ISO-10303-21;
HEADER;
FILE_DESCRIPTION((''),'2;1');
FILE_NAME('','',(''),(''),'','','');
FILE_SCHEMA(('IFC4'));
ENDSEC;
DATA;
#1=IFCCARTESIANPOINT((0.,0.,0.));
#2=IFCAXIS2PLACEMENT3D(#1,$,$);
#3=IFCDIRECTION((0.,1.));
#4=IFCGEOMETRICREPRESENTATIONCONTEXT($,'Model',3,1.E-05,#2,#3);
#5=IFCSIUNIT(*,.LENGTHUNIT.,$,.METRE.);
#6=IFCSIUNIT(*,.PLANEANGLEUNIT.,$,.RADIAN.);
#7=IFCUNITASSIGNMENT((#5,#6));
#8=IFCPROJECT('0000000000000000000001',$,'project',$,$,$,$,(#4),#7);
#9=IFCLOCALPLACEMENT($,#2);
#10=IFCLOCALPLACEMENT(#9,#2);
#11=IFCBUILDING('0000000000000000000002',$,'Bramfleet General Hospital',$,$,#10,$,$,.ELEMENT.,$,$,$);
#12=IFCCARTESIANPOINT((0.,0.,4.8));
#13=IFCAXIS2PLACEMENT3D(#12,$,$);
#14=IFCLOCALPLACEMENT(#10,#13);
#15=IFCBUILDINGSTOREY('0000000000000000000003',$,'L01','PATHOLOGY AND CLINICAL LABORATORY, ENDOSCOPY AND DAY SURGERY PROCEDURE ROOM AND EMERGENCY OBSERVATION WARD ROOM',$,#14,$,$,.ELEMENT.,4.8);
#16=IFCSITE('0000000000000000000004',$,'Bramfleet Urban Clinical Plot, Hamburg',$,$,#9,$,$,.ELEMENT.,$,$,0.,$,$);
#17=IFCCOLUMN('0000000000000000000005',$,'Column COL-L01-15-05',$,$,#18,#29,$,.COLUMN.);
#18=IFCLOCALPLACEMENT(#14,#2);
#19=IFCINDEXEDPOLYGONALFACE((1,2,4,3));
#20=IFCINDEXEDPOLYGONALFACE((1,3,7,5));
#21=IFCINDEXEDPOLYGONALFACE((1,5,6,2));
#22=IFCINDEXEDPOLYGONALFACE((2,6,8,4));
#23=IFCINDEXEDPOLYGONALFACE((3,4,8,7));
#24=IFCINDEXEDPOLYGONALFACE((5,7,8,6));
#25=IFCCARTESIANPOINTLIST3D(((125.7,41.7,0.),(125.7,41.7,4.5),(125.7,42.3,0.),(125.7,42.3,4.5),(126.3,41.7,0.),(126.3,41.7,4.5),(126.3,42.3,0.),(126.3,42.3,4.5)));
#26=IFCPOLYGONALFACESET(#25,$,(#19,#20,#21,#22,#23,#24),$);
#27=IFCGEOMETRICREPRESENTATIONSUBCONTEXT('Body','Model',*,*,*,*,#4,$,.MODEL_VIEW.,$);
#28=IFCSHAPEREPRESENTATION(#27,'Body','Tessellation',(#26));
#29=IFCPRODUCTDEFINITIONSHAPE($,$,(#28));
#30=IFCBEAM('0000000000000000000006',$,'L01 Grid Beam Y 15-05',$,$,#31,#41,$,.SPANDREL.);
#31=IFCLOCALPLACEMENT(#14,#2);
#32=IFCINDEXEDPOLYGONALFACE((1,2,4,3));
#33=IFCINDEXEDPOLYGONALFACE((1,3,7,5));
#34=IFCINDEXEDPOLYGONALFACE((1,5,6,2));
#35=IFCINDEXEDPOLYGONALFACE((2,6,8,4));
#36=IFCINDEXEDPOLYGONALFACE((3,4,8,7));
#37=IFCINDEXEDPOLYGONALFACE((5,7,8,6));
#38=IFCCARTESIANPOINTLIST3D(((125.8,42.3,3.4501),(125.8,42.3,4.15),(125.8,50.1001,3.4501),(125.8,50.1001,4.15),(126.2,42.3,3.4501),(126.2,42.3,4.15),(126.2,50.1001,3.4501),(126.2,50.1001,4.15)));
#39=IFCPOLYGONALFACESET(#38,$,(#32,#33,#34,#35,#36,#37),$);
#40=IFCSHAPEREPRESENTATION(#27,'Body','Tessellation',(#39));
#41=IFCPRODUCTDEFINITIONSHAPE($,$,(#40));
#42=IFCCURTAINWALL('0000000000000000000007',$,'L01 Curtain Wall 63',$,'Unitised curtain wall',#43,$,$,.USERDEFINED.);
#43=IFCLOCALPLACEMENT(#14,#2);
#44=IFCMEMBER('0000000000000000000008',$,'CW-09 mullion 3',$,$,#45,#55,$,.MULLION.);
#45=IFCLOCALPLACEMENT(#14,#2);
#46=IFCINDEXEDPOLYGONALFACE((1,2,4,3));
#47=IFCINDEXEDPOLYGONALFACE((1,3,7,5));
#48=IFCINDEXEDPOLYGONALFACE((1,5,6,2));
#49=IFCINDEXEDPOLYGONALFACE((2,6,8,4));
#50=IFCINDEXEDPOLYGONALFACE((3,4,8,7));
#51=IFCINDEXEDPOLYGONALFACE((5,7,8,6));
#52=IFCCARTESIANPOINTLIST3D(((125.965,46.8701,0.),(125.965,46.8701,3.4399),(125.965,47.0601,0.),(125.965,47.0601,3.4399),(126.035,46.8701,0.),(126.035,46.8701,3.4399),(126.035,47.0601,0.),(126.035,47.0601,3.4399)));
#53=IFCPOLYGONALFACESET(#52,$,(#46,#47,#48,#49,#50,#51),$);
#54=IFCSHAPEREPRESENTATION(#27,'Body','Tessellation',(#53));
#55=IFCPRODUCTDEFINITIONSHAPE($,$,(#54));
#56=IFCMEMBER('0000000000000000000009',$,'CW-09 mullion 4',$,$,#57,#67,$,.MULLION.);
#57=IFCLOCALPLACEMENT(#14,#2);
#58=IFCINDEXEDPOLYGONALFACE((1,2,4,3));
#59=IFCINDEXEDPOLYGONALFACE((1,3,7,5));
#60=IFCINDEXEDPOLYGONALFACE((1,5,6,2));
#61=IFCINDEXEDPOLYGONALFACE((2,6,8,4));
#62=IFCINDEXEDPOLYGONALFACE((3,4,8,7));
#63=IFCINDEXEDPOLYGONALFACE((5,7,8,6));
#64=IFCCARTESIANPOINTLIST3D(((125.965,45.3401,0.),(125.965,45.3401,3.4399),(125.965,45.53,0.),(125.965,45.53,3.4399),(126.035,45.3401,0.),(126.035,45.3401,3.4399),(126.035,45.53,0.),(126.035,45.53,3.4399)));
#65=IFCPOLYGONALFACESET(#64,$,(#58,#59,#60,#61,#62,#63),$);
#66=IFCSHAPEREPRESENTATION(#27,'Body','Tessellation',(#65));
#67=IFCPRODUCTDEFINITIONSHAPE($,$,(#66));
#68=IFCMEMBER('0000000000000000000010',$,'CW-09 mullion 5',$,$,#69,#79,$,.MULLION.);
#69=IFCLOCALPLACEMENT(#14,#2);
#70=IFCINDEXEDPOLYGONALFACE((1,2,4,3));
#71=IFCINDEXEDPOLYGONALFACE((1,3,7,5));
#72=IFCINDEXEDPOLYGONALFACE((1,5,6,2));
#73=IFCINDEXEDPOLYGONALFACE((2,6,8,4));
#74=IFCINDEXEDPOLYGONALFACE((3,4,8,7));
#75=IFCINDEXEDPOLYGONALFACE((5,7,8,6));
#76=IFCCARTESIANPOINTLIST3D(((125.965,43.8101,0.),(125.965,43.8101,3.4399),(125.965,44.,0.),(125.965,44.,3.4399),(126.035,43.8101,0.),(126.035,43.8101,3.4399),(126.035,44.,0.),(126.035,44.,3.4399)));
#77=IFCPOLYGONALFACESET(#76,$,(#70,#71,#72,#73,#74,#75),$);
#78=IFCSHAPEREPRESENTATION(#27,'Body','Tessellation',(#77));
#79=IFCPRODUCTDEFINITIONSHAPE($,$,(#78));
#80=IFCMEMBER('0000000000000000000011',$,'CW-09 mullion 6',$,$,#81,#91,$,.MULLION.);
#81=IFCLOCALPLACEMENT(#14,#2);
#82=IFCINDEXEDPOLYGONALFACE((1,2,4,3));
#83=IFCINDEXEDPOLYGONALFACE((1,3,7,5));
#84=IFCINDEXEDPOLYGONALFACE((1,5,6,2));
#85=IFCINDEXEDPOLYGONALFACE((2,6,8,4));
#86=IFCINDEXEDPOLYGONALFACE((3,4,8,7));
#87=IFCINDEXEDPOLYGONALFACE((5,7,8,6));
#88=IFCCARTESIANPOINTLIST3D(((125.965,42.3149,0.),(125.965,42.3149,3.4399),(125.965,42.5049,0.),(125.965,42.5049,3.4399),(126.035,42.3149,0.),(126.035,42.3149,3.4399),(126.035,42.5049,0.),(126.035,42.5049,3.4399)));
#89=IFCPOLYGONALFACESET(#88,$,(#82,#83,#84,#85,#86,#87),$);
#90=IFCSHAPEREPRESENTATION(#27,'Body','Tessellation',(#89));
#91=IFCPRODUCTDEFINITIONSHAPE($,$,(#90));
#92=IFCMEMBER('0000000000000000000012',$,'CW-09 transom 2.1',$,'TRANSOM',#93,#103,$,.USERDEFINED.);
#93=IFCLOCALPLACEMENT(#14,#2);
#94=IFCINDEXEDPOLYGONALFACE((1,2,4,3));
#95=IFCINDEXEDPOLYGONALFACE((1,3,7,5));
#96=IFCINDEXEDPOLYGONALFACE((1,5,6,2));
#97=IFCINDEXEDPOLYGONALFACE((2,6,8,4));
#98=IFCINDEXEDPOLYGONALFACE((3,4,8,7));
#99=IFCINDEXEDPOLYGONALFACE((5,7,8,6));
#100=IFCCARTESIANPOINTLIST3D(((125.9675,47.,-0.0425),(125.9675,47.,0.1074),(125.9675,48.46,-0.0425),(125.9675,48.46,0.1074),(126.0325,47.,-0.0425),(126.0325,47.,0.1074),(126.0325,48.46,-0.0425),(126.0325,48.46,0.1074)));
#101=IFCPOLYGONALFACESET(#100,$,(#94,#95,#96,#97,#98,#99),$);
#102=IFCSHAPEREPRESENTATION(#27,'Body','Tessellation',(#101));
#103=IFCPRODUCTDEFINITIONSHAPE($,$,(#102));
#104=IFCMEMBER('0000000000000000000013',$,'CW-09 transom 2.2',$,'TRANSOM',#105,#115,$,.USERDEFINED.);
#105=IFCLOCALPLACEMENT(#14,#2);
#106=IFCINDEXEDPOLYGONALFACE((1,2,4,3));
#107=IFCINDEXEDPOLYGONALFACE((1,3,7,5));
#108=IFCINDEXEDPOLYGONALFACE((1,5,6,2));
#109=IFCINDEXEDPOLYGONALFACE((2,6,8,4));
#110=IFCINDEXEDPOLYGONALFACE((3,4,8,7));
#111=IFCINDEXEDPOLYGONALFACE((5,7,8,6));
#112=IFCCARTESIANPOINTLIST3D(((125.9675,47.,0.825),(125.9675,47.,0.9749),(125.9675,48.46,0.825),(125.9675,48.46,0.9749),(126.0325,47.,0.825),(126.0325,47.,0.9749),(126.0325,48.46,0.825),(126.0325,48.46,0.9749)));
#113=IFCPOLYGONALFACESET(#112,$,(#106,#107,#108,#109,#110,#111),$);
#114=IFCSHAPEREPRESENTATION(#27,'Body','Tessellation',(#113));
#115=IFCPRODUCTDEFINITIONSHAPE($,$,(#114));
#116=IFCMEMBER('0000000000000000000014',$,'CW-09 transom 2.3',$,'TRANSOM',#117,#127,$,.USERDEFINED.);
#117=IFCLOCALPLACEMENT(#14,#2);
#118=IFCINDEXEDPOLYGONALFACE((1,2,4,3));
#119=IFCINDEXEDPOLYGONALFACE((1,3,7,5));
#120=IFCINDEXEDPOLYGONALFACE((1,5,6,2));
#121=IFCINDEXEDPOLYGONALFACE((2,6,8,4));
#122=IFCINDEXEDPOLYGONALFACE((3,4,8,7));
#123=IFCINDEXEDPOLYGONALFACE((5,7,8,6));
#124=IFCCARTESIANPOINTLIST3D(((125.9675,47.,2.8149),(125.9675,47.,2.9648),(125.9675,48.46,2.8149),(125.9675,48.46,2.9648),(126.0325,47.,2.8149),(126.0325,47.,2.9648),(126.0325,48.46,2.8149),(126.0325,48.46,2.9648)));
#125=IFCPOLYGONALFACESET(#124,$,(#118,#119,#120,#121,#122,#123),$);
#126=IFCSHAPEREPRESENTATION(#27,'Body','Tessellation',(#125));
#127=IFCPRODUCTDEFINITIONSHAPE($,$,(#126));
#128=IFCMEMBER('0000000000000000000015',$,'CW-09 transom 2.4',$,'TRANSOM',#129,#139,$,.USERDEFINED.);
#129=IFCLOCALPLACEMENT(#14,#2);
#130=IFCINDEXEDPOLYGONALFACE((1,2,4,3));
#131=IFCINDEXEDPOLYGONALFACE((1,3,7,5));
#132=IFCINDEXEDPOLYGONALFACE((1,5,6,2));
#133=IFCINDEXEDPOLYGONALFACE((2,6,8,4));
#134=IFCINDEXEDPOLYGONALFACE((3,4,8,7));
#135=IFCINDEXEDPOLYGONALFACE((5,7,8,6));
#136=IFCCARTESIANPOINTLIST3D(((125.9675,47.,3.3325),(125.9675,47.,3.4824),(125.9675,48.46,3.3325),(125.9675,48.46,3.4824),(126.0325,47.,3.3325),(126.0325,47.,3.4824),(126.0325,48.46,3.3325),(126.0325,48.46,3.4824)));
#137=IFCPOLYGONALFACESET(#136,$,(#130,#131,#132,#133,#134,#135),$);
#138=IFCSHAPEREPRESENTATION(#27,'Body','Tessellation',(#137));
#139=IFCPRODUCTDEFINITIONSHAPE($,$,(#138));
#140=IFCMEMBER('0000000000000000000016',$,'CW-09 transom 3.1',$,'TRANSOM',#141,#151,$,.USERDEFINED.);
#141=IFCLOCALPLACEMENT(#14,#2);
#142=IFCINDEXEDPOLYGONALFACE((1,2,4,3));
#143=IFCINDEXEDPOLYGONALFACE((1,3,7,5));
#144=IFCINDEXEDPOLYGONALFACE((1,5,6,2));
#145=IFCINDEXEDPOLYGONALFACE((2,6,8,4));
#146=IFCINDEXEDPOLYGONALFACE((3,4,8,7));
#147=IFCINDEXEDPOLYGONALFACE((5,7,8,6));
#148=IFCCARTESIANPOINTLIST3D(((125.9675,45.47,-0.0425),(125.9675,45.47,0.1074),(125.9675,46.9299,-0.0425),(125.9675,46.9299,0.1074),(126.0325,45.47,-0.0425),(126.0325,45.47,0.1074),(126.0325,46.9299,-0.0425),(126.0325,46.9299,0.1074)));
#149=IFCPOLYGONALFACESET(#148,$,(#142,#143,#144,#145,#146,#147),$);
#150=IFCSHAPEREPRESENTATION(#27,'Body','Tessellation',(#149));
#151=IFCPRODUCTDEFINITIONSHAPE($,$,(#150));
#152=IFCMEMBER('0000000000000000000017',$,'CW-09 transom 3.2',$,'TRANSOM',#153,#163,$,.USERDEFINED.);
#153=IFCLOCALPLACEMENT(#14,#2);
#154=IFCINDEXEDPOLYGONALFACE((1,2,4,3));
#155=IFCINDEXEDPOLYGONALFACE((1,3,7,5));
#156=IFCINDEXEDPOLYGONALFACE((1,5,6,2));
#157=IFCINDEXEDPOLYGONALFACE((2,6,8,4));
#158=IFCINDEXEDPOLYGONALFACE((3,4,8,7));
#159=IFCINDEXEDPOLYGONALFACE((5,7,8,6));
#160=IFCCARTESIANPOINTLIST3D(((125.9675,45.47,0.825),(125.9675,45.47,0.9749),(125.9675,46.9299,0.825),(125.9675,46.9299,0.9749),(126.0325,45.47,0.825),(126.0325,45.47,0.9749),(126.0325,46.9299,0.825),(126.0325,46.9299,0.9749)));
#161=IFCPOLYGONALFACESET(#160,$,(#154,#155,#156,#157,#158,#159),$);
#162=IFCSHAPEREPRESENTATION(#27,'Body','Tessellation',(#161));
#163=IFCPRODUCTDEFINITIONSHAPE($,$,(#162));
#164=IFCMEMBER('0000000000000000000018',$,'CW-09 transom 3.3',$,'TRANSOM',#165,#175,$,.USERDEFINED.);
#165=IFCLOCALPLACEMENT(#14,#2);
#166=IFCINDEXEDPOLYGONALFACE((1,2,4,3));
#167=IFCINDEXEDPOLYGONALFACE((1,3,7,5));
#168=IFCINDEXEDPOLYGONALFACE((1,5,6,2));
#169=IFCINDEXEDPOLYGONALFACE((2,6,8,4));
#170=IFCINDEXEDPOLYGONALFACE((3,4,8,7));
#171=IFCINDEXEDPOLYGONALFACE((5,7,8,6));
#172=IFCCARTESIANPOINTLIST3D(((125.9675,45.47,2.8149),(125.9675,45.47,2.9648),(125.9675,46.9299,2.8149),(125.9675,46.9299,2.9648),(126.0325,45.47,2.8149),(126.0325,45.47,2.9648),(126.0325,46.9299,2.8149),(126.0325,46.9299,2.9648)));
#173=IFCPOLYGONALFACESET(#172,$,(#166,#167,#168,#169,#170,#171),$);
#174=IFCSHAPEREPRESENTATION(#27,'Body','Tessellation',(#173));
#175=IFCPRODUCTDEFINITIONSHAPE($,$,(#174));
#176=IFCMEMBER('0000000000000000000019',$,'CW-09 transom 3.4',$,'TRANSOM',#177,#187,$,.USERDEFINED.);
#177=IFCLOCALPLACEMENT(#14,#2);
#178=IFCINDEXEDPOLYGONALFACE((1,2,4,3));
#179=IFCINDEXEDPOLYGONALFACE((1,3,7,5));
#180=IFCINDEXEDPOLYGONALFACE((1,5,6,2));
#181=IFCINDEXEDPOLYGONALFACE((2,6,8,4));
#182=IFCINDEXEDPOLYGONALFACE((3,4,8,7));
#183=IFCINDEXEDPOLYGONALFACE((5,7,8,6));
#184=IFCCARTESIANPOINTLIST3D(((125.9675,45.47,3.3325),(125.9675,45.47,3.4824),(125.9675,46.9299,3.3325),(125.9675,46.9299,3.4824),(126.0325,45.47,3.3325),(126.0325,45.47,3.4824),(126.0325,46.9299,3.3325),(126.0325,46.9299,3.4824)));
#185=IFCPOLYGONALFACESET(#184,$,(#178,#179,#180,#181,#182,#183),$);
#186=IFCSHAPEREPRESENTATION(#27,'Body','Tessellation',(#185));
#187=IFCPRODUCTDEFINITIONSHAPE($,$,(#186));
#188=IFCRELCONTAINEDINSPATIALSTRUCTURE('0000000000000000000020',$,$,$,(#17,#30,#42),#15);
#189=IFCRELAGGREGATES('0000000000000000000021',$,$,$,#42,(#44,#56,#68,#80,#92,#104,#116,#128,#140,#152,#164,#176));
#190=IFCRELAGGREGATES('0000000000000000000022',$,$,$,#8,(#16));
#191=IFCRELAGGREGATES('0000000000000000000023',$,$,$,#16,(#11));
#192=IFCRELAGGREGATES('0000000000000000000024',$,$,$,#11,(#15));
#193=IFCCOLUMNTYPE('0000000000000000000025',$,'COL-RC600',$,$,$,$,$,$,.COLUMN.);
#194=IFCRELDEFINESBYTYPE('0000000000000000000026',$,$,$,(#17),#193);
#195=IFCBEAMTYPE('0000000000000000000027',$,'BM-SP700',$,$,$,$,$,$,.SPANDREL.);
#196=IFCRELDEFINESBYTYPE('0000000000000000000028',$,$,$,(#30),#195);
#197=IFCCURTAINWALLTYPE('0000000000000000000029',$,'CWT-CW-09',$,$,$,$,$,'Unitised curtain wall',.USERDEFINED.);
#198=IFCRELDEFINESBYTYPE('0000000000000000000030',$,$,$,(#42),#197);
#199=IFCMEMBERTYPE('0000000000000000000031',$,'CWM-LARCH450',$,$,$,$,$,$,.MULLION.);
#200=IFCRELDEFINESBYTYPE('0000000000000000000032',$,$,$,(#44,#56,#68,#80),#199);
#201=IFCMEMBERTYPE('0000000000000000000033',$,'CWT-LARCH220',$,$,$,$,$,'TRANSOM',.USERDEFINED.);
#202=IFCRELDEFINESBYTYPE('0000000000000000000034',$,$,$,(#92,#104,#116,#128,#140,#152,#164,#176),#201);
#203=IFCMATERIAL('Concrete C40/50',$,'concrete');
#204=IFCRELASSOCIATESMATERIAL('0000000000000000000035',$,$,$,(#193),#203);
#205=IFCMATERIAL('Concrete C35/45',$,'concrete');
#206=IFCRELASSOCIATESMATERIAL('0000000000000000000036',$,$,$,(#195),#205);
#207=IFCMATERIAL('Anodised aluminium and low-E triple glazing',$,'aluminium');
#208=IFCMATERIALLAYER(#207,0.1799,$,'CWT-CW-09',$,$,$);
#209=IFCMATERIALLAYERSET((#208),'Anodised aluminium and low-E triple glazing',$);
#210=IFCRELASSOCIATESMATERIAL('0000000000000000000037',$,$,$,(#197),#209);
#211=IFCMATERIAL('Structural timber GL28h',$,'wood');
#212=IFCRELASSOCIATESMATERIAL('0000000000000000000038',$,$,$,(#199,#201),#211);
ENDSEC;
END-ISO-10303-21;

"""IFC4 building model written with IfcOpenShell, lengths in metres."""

from ifc_helpers import new_model, si_unit, direction, frame, origin, origin_2d, place, context, subcontext, project, spatial, rectangle, extrude, material, layer, layer_set, material_profile, profile_set, type_object, element, aggregate, save


model = new_model("IFC4")

# Units and contexts
model_context = context("Model", 3, precision=1e-05, world=origin(), true_north=direction((0.0, 1.0)))
body_context = subcontext(model_context, "Body", "Model", "MODEL_VIEW")
ifc_project = project(units=[si_unit("LENGTHUNIT", "METRE"), si_unit("PLANEANGLEUNIT", "RADIAN")], contexts=[model_context])

# Site, building, storey
site_placement = place(None, origin())
site = spatial("IfcSite", under=ifc_project, at=site_placement, Name="Bramfleet Urban Clinical Plot, Hamburg", CompositionType="ELEMENT", RefElevation=0.0)
building_placement = place(site_placement, origin())
building = spatial("IfcBuilding", under=site, at=building_placement, Name="Bramfleet General Hospital", CompositionType="ELEMENT")
storey_placement = place(building_placement, frame((0.0, 0.0, 4.8)))
storey = spatial("IfcBuildingStorey", under=building, at=storey_placement, Name="L01", Description="PATHOLOGY AND CLINICAL LABORATORY, ENDOSCOPY AND DAY SURGERY PROCEDURE ROOM AND EMERGENCY OBSERVATION WARD ROOM", CompositionType="ELEMENT", Elevation=4.8)

# Column
ifc_material_1 = material(Name="Concrete C40/50", Category="concrete")
ifc_material_profile_1 = material_profile(ifc_material_1, rectangle(XDim=0.6001, YDim=0.6001, at=origin_2d()), Name="RC COL 600x600")
ifc_profile_set_1 = profile_set([ifc_material_profile_1], Name="Concrete C40/50")
column_type = type_object("IfcColumnType", Name="COL-RC600", PredefinedType="COLUMN", material=ifc_profile_set_1)
column_placement = place(storey_placement, frame((126.0, 42.0, 0.0), z_axis=(0.0, 0.0, 1.0), x_axis=(1.0, 0.0, 0.0)))
element("IfcColumn", 1, at=column_placement, inside=storey, type_object=column_type, Name="Column COL-L01-15-05", PredefinedType="COLUMN", context=body_context, shape_type="SweptSolid", body=[
    extrude(rectangle(XDim=0.6001, YDim=0.6001, at=origin_2d()), origin(), (0.0, 0.0, 1.0), 4.5),
])

# Beam
ifc_material_2 = material(Name="Concrete C35/45", Category="concrete")
ifc_material_profile_2 = material_profile(ifc_material_2, rectangle(XDim=0.3999, YDim=0.7, at=origin_2d()), Name="RC SP 700x400")
ifc_profile_set_2 = profile_set([ifc_material_profile_2], Name="Concrete C35/45")
beam_type = type_object("IfcBeamType", Name="BM-SP700", PredefinedType="SPANDREL", material=ifc_profile_set_2)
beam_placement = place(storey_placement, frame((126.0, 42.3, 3.8), z_axis=(0.0, 1.0, 0.0), x_axis=(-1.0, 0.0, 0.0)))
element("IfcBeam", 2, at=beam_placement, inside=storey, type_object=beam_type, Name="L01 Grid Beam Y 15-05", PredefinedType="SPANDREL", context=body_context, shape_type="SweptSolid", body=[
    extrude(rectangle(XDim=0.3999, YDim=0.7, at=origin_2d()), origin(), (0.0, 0.0, 1.0), 7.8),
])

# Curtain wall, members
ifc_material_3 = material(Name="Anodised aluminium and low-E triple glazing", Category="aluminium")
ifc_layer_1 = layer(ifc_material_3, 0.1799, Name="CWT-CW-09")
ifc_layer_set_1 = layer_set([ifc_layer_1], Name="Anodised aluminium and low-E triple glazing")
curtain_wall_type = type_object("IfcCurtainWallType", Name="CWT-CW-09", ElementType="Unitised curtain wall", PredefinedType="USERDEFINED", material=ifc_layer_set_1)
curtain_wall_placement = place(storey_placement, origin())
curtain_wall = element("IfcCurtainWall", 3, at=curtain_wall_placement, inside=storey, type_object=curtain_wall_type, Name="L01 Curtain Wall 63", ObjectType="Unitised curtain wall", PredefinedType="USERDEFINED")
ifc_material_4 = material(Name="Structural timber GL28h", Category="wood")
ifc_material_profile_3 = material_profile(ifc_material_4, rectangle(XDim=0.0701, YDim=0.1899, at=origin_2d()), Name="LARCH 190x70")
ifc_profile_set_3 = profile_set([ifc_material_profile_3], Name="Structural timber GL28h")
member_type_1 = type_object("IfcMemberType", Name="CWM-LARCH450", PredefinedType="MULLION", material=ifc_profile_set_3)
member_1_placement = place(storey_placement, frame((126.0, 46.9651, 0.0), z_axis=(0.0, 0.0, 1.0), x_axis=(1.0, 0.0, 0.0)))
member_1 = element("IfcMember", 4, at=member_1_placement, type_object=member_type_1, Name="CW-09 mullion 3", PredefinedType="MULLION", context=body_context, shape_type="SweptSolid", body=[
    extrude(rectangle(XDim=0.0701, YDim=0.1899, at=origin_2d()), origin(), (0.0, 0.0, 1.0), 3.4399),
])
member_2_placement = place(storey_placement, frame((126.0, 45.4351, 0.0), z_axis=(0.0, 0.0, 1.0), x_axis=(1.0, 0.0, 0.0)))
member_2 = element("IfcMember", 5, at=member_2_placement, type_object=member_type_1, Name="CW-09 mullion 4", PredefinedType="MULLION", context=body_context, shape_type="SweptSolid", body=[
    extrude(rectangle(XDim=0.0701, YDim=0.1899, at=origin_2d()), origin(), (0.0, 0.0, 1.0), 3.4399),
])
member_3_placement = place(storey_placement, frame((126.0, 43.905, 0.0), z_axis=(0.0, 0.0, 1.0), x_axis=(1.0, 0.0, 0.0)))
member_3 = element("IfcMember", 6, at=member_3_placement, type_object=member_type_1, Name="CW-09 mullion 5", PredefinedType="MULLION", context=body_context, shape_type="SweptSolid", body=[
    extrude(rectangle(XDim=0.0701, YDim=0.1899, at=origin_2d()), origin(), (0.0, 0.0, 1.0), 3.4399),
])
member_4_placement = place(storey_placement, frame((126.0, 42.4099, 0.0), z_axis=(0.0, 0.0, 1.0), x_axis=(1.0, 0.0, 0.0)))
member_4 = element("IfcMember", 7, at=member_4_placement, type_object=member_type_1, Name="CW-09 mullion 6", PredefinedType="MULLION", context=body_context, shape_type="SweptSolid", body=[
    extrude(rectangle(XDim=0.0701, YDim=0.1899, at=origin_2d()), origin(), (0.0, 0.0, 1.0), 3.4399),
])
ifc_material_profile_4 = material_profile(ifc_material_4, rectangle(XDim=0.0649, YDim=0.1499, at=origin_2d()), Name="LARCH 150x65")
ifc_profile_set_4 = profile_set([ifc_material_profile_4], Name="Structural timber GL28h")
member_type_2 = type_object("IfcMemberType", Name="CWT-LARCH220", ElementType="TRANSOM", PredefinedType="USERDEFINED", material=ifc_profile_set_4)
member_5_placement = place(storey_placement, frame((126.0, 48.46, 0.0325), z_axis=(0.0, -1.0, 0.0), x_axis=(1.0, 0.0, 0.0)))
member_5 = element("IfcMember", 8, at=member_5_placement, type_object=member_type_2, Name="CW-09 transom 2.1", ObjectType="TRANSOM", PredefinedType="USERDEFINED", context=body_context, shape_type="SweptSolid", body=[
    extrude(rectangle(XDim=0.0649, YDim=0.1499, at=origin_2d()), origin(), (0.0, 0.0, 1.0), 1.46),
])
member_6_placement = place(storey_placement, frame((126.0, 48.46, 0.8999), z_axis=(0.0, -1.0, 0.0), x_axis=(1.0, 0.0, 0.0)))
member_6 = element("IfcMember", 9, at=member_6_placement, type_object=member_type_2, Name="CW-09 transom 2.2", ObjectType="TRANSOM", PredefinedType="USERDEFINED", context=body_context, shape_type="SweptSolid", body=[
    extrude(rectangle(XDim=0.0649, YDim=0.1499, at=origin_2d()), origin(), (0.0, 0.0, 1.0), 1.46),
])
member_7_placement = place(storey_placement, frame((126.0, 48.46, 2.8899), z_axis=(0.0, -1.0, 0.0), x_axis=(1.0, 0.0, 0.0)))
member_7 = element("IfcMember", 10, at=member_7_placement, type_object=member_type_2, Name="CW-09 transom 2.3", ObjectType="TRANSOM", PredefinedType="USERDEFINED", context=body_context, shape_type="SweptSolid", body=[
    extrude(rectangle(XDim=0.0649, YDim=0.1499, at=origin_2d()), origin(), (0.0, 0.0, 1.0), 1.46),
])
member_8_placement = place(storey_placement, frame((126.0, 48.46, 3.4075), z_axis=(0.0, -1.0, 0.0), x_axis=(1.0, 0.0, 0.0)))
member_8 = element("IfcMember", 11, at=member_8_placement, type_object=member_type_2, Name="CW-09 transom 2.4", ObjectType="TRANSOM", PredefinedType="USERDEFINED", context=body_context, shape_type="SweptSolid", body=[
    extrude(rectangle(XDim=0.0649, YDim=0.1499, at=origin_2d()), origin(), (0.0, 0.0, 1.0), 1.46),
])
member_9_placement = place(storey_placement, frame((126.0, 46.9299, 0.0325), z_axis=(0.0, -1.0, 0.0), x_axis=(1.0, 0.0, 0.0)))
member_9 = element("IfcMember", 12, at=member_9_placement, type_object=member_type_2, Name="CW-09 transom 3.1", ObjectType="TRANSOM", PredefinedType="USERDEFINED", context=body_context, shape_type="SweptSolid", body=[
    extrude(rectangle(XDim=0.0649, YDim=0.1499, at=origin_2d()), origin(), (0.0, 0.0, 1.0), 1.46),
])
member_10_placement = place(storey_placement, frame((126.0, 46.9299, 0.8999), z_axis=(0.0, -1.0, 0.0), x_axis=(1.0, 0.0, 0.0)))
member_10 = element("IfcMember", 13, at=member_10_placement, type_object=member_type_2, Name="CW-09 transom 3.2", ObjectType="TRANSOM", PredefinedType="USERDEFINED", context=body_context, shape_type="SweptSolid", body=[
    extrude(rectangle(XDim=0.0649, YDim=0.1499, at=origin_2d()), origin(), (0.0, 0.0, 1.0), 1.46),
])
member_11_placement = place(storey_placement, frame((126.0, 46.9299, 2.8899), z_axis=(0.0, -1.0, 0.0), x_axis=(1.0, 0.0, 0.0)))
member_11 = element("IfcMember", 14, at=member_11_placement, type_object=member_type_2, Name="CW-09 transom 3.3", ObjectType="TRANSOM", PredefinedType="USERDEFINED", context=body_context, shape_type="SweptSolid", body=[
    extrude(rectangle(XDim=0.0649, YDim=0.1499, at=origin_2d()), origin(), (0.0, 0.0, 1.0), 1.46),
])
member_12_placement = place(storey_placement, frame((126.0, 46.9299, 3.4075), z_axis=(0.0, -1.0, 0.0), x_axis=(1.0, 0.0, 0.0)))
member_12 = element("IfcMember", 15, at=member_12_placement, type_object=member_type_2, Name="CW-09 transom 3.4", ObjectType="TRANSOM", PredefinedType="USERDEFINED", context=body_context, shape_type="SweptSolid", body=[
    extrude(rectangle(XDim=0.0649, YDim=0.1499, at=origin_2d()), origin(), (0.0, 0.0, 1.0), 1.46),
])
aggregate(curtain_wall, [member_1, member_2, member_3, member_4, member_5, member_6, member_7, member_8, member_9, member_10, member_11, member_12])

save(model, "model.ifc")
